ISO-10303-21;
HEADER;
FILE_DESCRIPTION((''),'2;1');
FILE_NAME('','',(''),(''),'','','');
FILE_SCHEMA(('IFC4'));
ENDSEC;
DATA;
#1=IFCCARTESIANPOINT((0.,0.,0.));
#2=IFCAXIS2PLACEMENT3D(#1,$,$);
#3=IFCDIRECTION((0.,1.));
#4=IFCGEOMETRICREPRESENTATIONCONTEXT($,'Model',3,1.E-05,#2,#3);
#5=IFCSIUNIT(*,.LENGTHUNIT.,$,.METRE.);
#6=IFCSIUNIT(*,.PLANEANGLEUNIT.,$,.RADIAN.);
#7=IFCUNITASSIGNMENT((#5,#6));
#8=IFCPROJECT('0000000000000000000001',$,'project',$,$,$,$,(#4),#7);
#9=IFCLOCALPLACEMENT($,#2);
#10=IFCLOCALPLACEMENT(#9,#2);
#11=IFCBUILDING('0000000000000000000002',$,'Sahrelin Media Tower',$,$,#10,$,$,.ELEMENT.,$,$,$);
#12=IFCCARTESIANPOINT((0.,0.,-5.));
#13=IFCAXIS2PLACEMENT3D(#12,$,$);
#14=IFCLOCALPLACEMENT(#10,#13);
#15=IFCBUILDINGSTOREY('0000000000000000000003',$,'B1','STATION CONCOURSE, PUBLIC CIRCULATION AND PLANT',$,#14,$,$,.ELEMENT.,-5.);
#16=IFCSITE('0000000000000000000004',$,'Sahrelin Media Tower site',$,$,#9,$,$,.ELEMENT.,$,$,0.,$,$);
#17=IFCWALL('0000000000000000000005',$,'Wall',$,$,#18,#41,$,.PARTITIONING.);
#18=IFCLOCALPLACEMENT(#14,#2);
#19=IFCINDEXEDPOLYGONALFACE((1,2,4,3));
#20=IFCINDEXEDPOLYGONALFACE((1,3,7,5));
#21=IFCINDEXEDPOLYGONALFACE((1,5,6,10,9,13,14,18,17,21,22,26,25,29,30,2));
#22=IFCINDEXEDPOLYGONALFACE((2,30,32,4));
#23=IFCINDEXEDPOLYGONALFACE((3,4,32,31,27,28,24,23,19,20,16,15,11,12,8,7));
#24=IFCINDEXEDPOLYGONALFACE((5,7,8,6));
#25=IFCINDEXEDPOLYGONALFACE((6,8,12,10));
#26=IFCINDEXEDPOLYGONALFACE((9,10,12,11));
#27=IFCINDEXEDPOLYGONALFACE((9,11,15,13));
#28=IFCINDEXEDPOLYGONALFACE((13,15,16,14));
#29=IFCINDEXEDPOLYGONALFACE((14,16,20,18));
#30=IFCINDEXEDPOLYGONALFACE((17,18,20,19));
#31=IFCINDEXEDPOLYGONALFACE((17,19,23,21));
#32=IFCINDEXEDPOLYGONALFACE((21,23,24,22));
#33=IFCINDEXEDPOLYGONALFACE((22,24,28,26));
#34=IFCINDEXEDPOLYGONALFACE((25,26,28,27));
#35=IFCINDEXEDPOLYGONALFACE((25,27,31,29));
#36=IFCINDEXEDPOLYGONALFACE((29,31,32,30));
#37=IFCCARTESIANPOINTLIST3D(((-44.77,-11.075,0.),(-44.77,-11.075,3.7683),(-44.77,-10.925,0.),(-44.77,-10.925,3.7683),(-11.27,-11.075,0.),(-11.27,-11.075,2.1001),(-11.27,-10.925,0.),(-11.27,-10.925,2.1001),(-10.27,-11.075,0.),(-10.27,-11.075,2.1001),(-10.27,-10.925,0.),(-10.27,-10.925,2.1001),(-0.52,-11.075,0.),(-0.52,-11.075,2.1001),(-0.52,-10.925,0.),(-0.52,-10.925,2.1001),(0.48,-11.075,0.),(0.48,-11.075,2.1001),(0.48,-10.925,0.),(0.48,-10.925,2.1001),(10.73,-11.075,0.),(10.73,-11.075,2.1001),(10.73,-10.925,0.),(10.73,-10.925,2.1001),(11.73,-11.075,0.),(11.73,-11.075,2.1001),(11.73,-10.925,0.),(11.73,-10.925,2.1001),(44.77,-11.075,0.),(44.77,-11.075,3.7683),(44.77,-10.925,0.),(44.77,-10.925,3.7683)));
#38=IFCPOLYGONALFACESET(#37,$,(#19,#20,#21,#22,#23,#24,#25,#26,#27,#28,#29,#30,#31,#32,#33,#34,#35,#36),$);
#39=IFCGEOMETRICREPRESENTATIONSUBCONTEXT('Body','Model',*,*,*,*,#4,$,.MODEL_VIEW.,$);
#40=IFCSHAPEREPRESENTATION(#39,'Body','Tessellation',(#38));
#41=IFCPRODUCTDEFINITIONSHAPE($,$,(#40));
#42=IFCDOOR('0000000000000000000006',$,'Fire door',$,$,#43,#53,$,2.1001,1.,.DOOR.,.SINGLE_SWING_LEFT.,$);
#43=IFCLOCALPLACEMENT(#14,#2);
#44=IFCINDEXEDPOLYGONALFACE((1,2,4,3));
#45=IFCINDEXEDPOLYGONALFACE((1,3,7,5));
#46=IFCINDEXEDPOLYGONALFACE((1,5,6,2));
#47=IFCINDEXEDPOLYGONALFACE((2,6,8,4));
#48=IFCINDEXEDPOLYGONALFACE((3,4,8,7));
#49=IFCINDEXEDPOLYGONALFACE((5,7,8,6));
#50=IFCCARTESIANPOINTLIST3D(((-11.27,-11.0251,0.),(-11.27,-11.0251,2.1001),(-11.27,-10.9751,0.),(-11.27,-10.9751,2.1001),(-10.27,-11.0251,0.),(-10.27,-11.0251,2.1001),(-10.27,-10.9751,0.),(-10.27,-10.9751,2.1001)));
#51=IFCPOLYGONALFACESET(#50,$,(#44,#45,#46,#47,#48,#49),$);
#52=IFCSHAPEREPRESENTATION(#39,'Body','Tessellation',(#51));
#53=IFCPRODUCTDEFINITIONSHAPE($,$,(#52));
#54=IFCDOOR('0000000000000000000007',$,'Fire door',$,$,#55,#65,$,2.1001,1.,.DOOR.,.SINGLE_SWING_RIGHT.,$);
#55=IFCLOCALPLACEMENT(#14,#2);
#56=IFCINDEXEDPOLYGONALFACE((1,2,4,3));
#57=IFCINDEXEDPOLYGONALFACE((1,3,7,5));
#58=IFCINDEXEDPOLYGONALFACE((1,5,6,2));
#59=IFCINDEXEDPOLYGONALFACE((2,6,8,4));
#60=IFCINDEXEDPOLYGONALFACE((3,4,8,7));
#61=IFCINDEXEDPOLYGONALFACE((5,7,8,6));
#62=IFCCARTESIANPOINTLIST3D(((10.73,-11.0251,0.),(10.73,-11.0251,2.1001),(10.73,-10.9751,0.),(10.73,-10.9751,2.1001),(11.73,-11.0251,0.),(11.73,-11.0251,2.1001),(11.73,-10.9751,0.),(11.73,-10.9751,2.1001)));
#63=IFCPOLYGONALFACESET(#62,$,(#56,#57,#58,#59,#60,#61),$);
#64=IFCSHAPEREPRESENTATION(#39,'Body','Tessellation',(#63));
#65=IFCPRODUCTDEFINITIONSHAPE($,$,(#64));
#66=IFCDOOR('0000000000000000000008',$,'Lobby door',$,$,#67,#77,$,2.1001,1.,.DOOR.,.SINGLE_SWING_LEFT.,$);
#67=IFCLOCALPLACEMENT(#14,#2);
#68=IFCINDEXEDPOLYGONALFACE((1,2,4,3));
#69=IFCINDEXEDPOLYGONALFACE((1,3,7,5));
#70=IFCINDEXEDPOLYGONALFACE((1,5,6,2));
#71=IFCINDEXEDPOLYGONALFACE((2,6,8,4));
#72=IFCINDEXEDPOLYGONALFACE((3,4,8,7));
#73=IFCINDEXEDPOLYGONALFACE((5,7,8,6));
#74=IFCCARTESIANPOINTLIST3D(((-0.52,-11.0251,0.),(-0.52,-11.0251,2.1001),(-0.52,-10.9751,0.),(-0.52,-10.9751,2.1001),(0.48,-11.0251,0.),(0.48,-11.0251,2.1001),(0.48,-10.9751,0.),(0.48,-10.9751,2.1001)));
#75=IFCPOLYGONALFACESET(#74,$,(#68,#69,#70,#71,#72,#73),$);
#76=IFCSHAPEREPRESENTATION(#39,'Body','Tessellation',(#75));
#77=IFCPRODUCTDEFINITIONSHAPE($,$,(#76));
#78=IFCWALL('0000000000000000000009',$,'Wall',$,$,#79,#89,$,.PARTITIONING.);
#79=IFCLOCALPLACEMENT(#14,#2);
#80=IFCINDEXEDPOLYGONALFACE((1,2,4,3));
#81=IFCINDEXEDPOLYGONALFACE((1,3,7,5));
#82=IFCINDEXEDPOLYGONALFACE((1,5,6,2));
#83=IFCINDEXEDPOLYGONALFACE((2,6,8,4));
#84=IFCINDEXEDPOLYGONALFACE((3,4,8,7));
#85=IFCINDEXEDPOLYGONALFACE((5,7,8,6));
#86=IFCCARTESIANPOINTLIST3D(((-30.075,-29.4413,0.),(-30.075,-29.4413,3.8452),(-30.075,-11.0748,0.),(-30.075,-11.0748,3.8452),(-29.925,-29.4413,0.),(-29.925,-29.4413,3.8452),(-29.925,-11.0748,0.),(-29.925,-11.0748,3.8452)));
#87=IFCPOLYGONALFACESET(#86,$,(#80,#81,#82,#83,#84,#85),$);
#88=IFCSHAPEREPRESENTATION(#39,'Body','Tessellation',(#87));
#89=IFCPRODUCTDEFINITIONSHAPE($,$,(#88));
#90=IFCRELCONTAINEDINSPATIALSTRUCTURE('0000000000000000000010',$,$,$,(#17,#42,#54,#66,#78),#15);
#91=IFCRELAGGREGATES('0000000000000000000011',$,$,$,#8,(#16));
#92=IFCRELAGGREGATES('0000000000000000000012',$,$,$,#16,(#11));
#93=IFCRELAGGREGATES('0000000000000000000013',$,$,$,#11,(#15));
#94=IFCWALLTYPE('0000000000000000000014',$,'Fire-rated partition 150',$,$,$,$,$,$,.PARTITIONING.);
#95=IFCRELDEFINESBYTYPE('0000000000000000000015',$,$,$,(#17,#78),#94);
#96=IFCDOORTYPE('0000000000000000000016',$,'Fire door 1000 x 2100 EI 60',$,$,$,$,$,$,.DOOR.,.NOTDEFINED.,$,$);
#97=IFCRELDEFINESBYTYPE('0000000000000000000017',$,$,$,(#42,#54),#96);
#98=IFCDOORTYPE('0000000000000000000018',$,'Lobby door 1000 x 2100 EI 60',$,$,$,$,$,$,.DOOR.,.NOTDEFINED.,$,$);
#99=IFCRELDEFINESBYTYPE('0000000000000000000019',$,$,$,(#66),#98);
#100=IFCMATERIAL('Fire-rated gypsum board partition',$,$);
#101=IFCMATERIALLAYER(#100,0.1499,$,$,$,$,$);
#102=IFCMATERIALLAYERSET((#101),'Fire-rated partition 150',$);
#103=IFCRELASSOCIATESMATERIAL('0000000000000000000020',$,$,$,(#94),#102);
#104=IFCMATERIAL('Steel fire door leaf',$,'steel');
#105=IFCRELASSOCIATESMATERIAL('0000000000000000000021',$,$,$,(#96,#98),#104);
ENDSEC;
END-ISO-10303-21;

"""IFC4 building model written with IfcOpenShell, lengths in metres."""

from ifc_helpers import new_model, si_unit, direction, frame, frame_2d, origin, place, context, subcontext, project, spatial, rectangle, extrude, material, layer, layer_set, type_object, element, fill, save


model = new_model("IFC4")

# Units and contexts
model_context = context("Model", 3, precision=1e-05, world=origin(), true_north=direction((0.0, 1.0)))
body_context = subcontext(model_context, "Body", "Model", "MODEL_VIEW")
ifc_project = project(units=[si_unit("LENGTHUNIT", "METRE"), si_unit("PLANEANGLEUNIT", "RADIAN")], contexts=[model_context])

# Site, building, storey
site_placement = place(None, origin())
site = spatial("IfcSite", under=ifc_project, at=site_placement, Name="Sahrelin Media Tower site", CompositionType="ELEMENT", RefElevation=0.0)
building_placement = place(site_placement, origin())
building = spatial("IfcBuilding", under=site, at=building_placement, Name="Sahrelin Media Tower", CompositionType="ELEMENT")
storey_placement = place(building_placement, frame((0.0, 0.0, -5.0)))
storey = spatial("IfcBuildingStorey", under=building, at=storey_placement, Name="B1", Description="STATION CONCOURSE, PUBLIC CIRCULATION AND PLANT", CompositionType="ELEMENT", Elevation=-5.0)

# Shared definitions
ifc_material_1 = material(Name="Fire-rated gypsum board partition")
ifc_layer = layer(ifc_material_1, 0.1499)
ifc_layer_set = layer_set([ifc_layer], Name="Fire-rated partition 150")
wall_type = type_object("IfcWallType", Name="Fire-rated partition 150", PredefinedType="PARTITIONING", material=ifc_layer_set)

# Wall, openings, doors
wall_1_placement = place(storey_placement, frame((-44.77, -11.0, 0.0), z_axis=(0.0, 0.0, 1.0), x_axis=(1.0, 0.0, 0.0)))
wall_1 = element("IfcWall", 1, at=wall_1_placement, inside=storey, type_object=wall_type, Name="Wall", PredefinedType="PARTITIONING", context=body_context, shape_type="SweptSolid", body=[
    extrude(rectangle(XDim=89.54, YDim=0.1499, at=frame_2d((44.77, 0.0))), origin(), (0.0, 0.0, 1.0), 3.7683),
])
opening_1_placement = place(wall_1_placement, frame((33.5, 0.0, 0.0)))
opening_1 = element("IfcOpeningElement", 2, at=opening_1_placement, cuts=wall_1, PredefinedType="OPENING", context=body_context, shape_type="SweptSolid", body=[
    extrude(rectangle(XDim=1.0, YDim=2.1001, at=frame_2d((0.5, 1.05))), frame((0.0, 0.075, 0.0), z_axis=(0.0, -1.0, 0.0), x_axis=(1.0, 0.0, 0.0)), (0.0, 0.0, 1.0), 0.1499),
])
opening_2_placement = place(wall_1_placement, frame((44.25, 0.0, 0.0)))
opening_2 = element("IfcOpeningElement", 3, at=opening_2_placement, cuts=wall_1, PredefinedType="OPENING", context=body_context, shape_type="SweptSolid", body=[
    extrude(rectangle(XDim=1.0, YDim=2.1001, at=frame_2d((0.5, 1.05))), frame((0.0, 0.075, 0.0), z_axis=(0.0, -1.0, 0.0), x_axis=(1.0, 0.0, 0.0)), (0.0, 0.0, 1.0), 0.1499),
])
opening_3_placement = place(wall_1_placement, frame((55.5, 0.0, 0.0)))
opening_3 = element("IfcOpeningElement", 4, at=opening_3_placement, cuts=wall_1, PredefinedType="OPENING", context=body_context, shape_type="SweptSolid", body=[
    extrude(rectangle(XDim=1.0, YDim=2.1001, at=frame_2d((0.5, 1.05))), frame((0.0, 0.075, 0.0), z_axis=(0.0, -1.0, 0.0), x_axis=(1.0, 0.0, 0.0)), (0.0, 0.0, 1.0), 0.1499),
])
ifc_material_2 = material(Name="Steel fire door leaf", Category="steel")
door_type_1 = type_object("IfcDoorType", Name="Fire door 1000 x 2100 EI 60", OperationType="NOTDEFINED", PredefinedType="DOOR", material=ifc_material_2)
door_1_placement = place(opening_1_placement, origin())
door_1 = element("IfcDoor", 5, at=door_1_placement, inside=storey, type_object=door_type_1, Name="Fire door", OperationType="SINGLE_SWING_LEFT", OverallHeight=2.1001, OverallWidth=1.0, PredefinedType="DOOR", context=body_context, shape_type="SweptSolid", body=[
    extrude(rectangle(XDim=1.0, YDim=2.1001, at=frame_2d((0.5, 1.05))), frame((0.0, 0.0249, 0.0), z_axis=(0.0, -1.0, 0.0), x_axis=(1.0, 0.0, 0.0)), (0.0, 0.0, 1.0), 0.05),
])
fill(opening_1, door_1)
door_2_placement = place(opening_3_placement, origin())
door_2 = element("IfcDoor", 6, at=door_2_placement, inside=storey, type_object=door_type_1, Name="Fire door", OperationType="SINGLE_SWING_RIGHT", OverallHeight=2.1001, OverallWidth=1.0, PredefinedType="DOOR", context=body_context, shape_type="SweptSolid", body=[
    extrude(rectangle(XDim=1.0, YDim=2.1001, at=frame_2d((0.5, 1.05))), frame((0.0, 0.0249, 0.0), z_axis=(0.0, -1.0, 0.0), x_axis=(1.0, 0.0, 0.0)), (0.0, 0.0, 1.0), 0.05),
])
fill(opening_3, door_2)
door_type_2 = type_object("IfcDoorType", Name="Lobby door 1000 x 2100 EI 60", OperationType="NOTDEFINED", PredefinedType="DOOR", material=ifc_material_2)
door_3_placement = place(opening_2_placement, origin())
door_3 = element("IfcDoor", 7, at=door_3_placement, inside=storey, type_object=door_type_2, Name="Lobby door", OperationType="SINGLE_SWING_LEFT", OverallHeight=2.1001, OverallWidth=1.0, PredefinedType="DOOR", context=body_context, shape_type="SweptSolid", body=[
    extrude(rectangle(XDim=1.0, YDim=2.1001, at=frame_2d((0.5, 1.05))), frame((0.0, 0.0249, 0.0), z_axis=(0.0, -1.0, 0.0), x_axis=(1.0, 0.0, 0.0)), (0.0, 0.0, 1.0), 0.05),
])
fill(opening_2, door_3)

# Wall
wall_2_placement = place(storey_placement, frame((-30.0, -11.075, 0.0), z_axis=(0.0, 0.0, 1.0), x_axis=(0.0, -1.0, 0.0)))
element("IfcWall", 8, at=wall_2_placement, inside=storey, type_object=wall_type, Name="Wall", PredefinedType="PARTITIONING", context=body_context, shape_type="SweptSolid", body=[
    extrude(rectangle(XDim=18.3665, YDim=0.1499, at=frame_2d((9.1831, 0.0))), origin(), (0.0, 0.0, 1.0), 3.8452),
])

save(model, "model.ifc")
